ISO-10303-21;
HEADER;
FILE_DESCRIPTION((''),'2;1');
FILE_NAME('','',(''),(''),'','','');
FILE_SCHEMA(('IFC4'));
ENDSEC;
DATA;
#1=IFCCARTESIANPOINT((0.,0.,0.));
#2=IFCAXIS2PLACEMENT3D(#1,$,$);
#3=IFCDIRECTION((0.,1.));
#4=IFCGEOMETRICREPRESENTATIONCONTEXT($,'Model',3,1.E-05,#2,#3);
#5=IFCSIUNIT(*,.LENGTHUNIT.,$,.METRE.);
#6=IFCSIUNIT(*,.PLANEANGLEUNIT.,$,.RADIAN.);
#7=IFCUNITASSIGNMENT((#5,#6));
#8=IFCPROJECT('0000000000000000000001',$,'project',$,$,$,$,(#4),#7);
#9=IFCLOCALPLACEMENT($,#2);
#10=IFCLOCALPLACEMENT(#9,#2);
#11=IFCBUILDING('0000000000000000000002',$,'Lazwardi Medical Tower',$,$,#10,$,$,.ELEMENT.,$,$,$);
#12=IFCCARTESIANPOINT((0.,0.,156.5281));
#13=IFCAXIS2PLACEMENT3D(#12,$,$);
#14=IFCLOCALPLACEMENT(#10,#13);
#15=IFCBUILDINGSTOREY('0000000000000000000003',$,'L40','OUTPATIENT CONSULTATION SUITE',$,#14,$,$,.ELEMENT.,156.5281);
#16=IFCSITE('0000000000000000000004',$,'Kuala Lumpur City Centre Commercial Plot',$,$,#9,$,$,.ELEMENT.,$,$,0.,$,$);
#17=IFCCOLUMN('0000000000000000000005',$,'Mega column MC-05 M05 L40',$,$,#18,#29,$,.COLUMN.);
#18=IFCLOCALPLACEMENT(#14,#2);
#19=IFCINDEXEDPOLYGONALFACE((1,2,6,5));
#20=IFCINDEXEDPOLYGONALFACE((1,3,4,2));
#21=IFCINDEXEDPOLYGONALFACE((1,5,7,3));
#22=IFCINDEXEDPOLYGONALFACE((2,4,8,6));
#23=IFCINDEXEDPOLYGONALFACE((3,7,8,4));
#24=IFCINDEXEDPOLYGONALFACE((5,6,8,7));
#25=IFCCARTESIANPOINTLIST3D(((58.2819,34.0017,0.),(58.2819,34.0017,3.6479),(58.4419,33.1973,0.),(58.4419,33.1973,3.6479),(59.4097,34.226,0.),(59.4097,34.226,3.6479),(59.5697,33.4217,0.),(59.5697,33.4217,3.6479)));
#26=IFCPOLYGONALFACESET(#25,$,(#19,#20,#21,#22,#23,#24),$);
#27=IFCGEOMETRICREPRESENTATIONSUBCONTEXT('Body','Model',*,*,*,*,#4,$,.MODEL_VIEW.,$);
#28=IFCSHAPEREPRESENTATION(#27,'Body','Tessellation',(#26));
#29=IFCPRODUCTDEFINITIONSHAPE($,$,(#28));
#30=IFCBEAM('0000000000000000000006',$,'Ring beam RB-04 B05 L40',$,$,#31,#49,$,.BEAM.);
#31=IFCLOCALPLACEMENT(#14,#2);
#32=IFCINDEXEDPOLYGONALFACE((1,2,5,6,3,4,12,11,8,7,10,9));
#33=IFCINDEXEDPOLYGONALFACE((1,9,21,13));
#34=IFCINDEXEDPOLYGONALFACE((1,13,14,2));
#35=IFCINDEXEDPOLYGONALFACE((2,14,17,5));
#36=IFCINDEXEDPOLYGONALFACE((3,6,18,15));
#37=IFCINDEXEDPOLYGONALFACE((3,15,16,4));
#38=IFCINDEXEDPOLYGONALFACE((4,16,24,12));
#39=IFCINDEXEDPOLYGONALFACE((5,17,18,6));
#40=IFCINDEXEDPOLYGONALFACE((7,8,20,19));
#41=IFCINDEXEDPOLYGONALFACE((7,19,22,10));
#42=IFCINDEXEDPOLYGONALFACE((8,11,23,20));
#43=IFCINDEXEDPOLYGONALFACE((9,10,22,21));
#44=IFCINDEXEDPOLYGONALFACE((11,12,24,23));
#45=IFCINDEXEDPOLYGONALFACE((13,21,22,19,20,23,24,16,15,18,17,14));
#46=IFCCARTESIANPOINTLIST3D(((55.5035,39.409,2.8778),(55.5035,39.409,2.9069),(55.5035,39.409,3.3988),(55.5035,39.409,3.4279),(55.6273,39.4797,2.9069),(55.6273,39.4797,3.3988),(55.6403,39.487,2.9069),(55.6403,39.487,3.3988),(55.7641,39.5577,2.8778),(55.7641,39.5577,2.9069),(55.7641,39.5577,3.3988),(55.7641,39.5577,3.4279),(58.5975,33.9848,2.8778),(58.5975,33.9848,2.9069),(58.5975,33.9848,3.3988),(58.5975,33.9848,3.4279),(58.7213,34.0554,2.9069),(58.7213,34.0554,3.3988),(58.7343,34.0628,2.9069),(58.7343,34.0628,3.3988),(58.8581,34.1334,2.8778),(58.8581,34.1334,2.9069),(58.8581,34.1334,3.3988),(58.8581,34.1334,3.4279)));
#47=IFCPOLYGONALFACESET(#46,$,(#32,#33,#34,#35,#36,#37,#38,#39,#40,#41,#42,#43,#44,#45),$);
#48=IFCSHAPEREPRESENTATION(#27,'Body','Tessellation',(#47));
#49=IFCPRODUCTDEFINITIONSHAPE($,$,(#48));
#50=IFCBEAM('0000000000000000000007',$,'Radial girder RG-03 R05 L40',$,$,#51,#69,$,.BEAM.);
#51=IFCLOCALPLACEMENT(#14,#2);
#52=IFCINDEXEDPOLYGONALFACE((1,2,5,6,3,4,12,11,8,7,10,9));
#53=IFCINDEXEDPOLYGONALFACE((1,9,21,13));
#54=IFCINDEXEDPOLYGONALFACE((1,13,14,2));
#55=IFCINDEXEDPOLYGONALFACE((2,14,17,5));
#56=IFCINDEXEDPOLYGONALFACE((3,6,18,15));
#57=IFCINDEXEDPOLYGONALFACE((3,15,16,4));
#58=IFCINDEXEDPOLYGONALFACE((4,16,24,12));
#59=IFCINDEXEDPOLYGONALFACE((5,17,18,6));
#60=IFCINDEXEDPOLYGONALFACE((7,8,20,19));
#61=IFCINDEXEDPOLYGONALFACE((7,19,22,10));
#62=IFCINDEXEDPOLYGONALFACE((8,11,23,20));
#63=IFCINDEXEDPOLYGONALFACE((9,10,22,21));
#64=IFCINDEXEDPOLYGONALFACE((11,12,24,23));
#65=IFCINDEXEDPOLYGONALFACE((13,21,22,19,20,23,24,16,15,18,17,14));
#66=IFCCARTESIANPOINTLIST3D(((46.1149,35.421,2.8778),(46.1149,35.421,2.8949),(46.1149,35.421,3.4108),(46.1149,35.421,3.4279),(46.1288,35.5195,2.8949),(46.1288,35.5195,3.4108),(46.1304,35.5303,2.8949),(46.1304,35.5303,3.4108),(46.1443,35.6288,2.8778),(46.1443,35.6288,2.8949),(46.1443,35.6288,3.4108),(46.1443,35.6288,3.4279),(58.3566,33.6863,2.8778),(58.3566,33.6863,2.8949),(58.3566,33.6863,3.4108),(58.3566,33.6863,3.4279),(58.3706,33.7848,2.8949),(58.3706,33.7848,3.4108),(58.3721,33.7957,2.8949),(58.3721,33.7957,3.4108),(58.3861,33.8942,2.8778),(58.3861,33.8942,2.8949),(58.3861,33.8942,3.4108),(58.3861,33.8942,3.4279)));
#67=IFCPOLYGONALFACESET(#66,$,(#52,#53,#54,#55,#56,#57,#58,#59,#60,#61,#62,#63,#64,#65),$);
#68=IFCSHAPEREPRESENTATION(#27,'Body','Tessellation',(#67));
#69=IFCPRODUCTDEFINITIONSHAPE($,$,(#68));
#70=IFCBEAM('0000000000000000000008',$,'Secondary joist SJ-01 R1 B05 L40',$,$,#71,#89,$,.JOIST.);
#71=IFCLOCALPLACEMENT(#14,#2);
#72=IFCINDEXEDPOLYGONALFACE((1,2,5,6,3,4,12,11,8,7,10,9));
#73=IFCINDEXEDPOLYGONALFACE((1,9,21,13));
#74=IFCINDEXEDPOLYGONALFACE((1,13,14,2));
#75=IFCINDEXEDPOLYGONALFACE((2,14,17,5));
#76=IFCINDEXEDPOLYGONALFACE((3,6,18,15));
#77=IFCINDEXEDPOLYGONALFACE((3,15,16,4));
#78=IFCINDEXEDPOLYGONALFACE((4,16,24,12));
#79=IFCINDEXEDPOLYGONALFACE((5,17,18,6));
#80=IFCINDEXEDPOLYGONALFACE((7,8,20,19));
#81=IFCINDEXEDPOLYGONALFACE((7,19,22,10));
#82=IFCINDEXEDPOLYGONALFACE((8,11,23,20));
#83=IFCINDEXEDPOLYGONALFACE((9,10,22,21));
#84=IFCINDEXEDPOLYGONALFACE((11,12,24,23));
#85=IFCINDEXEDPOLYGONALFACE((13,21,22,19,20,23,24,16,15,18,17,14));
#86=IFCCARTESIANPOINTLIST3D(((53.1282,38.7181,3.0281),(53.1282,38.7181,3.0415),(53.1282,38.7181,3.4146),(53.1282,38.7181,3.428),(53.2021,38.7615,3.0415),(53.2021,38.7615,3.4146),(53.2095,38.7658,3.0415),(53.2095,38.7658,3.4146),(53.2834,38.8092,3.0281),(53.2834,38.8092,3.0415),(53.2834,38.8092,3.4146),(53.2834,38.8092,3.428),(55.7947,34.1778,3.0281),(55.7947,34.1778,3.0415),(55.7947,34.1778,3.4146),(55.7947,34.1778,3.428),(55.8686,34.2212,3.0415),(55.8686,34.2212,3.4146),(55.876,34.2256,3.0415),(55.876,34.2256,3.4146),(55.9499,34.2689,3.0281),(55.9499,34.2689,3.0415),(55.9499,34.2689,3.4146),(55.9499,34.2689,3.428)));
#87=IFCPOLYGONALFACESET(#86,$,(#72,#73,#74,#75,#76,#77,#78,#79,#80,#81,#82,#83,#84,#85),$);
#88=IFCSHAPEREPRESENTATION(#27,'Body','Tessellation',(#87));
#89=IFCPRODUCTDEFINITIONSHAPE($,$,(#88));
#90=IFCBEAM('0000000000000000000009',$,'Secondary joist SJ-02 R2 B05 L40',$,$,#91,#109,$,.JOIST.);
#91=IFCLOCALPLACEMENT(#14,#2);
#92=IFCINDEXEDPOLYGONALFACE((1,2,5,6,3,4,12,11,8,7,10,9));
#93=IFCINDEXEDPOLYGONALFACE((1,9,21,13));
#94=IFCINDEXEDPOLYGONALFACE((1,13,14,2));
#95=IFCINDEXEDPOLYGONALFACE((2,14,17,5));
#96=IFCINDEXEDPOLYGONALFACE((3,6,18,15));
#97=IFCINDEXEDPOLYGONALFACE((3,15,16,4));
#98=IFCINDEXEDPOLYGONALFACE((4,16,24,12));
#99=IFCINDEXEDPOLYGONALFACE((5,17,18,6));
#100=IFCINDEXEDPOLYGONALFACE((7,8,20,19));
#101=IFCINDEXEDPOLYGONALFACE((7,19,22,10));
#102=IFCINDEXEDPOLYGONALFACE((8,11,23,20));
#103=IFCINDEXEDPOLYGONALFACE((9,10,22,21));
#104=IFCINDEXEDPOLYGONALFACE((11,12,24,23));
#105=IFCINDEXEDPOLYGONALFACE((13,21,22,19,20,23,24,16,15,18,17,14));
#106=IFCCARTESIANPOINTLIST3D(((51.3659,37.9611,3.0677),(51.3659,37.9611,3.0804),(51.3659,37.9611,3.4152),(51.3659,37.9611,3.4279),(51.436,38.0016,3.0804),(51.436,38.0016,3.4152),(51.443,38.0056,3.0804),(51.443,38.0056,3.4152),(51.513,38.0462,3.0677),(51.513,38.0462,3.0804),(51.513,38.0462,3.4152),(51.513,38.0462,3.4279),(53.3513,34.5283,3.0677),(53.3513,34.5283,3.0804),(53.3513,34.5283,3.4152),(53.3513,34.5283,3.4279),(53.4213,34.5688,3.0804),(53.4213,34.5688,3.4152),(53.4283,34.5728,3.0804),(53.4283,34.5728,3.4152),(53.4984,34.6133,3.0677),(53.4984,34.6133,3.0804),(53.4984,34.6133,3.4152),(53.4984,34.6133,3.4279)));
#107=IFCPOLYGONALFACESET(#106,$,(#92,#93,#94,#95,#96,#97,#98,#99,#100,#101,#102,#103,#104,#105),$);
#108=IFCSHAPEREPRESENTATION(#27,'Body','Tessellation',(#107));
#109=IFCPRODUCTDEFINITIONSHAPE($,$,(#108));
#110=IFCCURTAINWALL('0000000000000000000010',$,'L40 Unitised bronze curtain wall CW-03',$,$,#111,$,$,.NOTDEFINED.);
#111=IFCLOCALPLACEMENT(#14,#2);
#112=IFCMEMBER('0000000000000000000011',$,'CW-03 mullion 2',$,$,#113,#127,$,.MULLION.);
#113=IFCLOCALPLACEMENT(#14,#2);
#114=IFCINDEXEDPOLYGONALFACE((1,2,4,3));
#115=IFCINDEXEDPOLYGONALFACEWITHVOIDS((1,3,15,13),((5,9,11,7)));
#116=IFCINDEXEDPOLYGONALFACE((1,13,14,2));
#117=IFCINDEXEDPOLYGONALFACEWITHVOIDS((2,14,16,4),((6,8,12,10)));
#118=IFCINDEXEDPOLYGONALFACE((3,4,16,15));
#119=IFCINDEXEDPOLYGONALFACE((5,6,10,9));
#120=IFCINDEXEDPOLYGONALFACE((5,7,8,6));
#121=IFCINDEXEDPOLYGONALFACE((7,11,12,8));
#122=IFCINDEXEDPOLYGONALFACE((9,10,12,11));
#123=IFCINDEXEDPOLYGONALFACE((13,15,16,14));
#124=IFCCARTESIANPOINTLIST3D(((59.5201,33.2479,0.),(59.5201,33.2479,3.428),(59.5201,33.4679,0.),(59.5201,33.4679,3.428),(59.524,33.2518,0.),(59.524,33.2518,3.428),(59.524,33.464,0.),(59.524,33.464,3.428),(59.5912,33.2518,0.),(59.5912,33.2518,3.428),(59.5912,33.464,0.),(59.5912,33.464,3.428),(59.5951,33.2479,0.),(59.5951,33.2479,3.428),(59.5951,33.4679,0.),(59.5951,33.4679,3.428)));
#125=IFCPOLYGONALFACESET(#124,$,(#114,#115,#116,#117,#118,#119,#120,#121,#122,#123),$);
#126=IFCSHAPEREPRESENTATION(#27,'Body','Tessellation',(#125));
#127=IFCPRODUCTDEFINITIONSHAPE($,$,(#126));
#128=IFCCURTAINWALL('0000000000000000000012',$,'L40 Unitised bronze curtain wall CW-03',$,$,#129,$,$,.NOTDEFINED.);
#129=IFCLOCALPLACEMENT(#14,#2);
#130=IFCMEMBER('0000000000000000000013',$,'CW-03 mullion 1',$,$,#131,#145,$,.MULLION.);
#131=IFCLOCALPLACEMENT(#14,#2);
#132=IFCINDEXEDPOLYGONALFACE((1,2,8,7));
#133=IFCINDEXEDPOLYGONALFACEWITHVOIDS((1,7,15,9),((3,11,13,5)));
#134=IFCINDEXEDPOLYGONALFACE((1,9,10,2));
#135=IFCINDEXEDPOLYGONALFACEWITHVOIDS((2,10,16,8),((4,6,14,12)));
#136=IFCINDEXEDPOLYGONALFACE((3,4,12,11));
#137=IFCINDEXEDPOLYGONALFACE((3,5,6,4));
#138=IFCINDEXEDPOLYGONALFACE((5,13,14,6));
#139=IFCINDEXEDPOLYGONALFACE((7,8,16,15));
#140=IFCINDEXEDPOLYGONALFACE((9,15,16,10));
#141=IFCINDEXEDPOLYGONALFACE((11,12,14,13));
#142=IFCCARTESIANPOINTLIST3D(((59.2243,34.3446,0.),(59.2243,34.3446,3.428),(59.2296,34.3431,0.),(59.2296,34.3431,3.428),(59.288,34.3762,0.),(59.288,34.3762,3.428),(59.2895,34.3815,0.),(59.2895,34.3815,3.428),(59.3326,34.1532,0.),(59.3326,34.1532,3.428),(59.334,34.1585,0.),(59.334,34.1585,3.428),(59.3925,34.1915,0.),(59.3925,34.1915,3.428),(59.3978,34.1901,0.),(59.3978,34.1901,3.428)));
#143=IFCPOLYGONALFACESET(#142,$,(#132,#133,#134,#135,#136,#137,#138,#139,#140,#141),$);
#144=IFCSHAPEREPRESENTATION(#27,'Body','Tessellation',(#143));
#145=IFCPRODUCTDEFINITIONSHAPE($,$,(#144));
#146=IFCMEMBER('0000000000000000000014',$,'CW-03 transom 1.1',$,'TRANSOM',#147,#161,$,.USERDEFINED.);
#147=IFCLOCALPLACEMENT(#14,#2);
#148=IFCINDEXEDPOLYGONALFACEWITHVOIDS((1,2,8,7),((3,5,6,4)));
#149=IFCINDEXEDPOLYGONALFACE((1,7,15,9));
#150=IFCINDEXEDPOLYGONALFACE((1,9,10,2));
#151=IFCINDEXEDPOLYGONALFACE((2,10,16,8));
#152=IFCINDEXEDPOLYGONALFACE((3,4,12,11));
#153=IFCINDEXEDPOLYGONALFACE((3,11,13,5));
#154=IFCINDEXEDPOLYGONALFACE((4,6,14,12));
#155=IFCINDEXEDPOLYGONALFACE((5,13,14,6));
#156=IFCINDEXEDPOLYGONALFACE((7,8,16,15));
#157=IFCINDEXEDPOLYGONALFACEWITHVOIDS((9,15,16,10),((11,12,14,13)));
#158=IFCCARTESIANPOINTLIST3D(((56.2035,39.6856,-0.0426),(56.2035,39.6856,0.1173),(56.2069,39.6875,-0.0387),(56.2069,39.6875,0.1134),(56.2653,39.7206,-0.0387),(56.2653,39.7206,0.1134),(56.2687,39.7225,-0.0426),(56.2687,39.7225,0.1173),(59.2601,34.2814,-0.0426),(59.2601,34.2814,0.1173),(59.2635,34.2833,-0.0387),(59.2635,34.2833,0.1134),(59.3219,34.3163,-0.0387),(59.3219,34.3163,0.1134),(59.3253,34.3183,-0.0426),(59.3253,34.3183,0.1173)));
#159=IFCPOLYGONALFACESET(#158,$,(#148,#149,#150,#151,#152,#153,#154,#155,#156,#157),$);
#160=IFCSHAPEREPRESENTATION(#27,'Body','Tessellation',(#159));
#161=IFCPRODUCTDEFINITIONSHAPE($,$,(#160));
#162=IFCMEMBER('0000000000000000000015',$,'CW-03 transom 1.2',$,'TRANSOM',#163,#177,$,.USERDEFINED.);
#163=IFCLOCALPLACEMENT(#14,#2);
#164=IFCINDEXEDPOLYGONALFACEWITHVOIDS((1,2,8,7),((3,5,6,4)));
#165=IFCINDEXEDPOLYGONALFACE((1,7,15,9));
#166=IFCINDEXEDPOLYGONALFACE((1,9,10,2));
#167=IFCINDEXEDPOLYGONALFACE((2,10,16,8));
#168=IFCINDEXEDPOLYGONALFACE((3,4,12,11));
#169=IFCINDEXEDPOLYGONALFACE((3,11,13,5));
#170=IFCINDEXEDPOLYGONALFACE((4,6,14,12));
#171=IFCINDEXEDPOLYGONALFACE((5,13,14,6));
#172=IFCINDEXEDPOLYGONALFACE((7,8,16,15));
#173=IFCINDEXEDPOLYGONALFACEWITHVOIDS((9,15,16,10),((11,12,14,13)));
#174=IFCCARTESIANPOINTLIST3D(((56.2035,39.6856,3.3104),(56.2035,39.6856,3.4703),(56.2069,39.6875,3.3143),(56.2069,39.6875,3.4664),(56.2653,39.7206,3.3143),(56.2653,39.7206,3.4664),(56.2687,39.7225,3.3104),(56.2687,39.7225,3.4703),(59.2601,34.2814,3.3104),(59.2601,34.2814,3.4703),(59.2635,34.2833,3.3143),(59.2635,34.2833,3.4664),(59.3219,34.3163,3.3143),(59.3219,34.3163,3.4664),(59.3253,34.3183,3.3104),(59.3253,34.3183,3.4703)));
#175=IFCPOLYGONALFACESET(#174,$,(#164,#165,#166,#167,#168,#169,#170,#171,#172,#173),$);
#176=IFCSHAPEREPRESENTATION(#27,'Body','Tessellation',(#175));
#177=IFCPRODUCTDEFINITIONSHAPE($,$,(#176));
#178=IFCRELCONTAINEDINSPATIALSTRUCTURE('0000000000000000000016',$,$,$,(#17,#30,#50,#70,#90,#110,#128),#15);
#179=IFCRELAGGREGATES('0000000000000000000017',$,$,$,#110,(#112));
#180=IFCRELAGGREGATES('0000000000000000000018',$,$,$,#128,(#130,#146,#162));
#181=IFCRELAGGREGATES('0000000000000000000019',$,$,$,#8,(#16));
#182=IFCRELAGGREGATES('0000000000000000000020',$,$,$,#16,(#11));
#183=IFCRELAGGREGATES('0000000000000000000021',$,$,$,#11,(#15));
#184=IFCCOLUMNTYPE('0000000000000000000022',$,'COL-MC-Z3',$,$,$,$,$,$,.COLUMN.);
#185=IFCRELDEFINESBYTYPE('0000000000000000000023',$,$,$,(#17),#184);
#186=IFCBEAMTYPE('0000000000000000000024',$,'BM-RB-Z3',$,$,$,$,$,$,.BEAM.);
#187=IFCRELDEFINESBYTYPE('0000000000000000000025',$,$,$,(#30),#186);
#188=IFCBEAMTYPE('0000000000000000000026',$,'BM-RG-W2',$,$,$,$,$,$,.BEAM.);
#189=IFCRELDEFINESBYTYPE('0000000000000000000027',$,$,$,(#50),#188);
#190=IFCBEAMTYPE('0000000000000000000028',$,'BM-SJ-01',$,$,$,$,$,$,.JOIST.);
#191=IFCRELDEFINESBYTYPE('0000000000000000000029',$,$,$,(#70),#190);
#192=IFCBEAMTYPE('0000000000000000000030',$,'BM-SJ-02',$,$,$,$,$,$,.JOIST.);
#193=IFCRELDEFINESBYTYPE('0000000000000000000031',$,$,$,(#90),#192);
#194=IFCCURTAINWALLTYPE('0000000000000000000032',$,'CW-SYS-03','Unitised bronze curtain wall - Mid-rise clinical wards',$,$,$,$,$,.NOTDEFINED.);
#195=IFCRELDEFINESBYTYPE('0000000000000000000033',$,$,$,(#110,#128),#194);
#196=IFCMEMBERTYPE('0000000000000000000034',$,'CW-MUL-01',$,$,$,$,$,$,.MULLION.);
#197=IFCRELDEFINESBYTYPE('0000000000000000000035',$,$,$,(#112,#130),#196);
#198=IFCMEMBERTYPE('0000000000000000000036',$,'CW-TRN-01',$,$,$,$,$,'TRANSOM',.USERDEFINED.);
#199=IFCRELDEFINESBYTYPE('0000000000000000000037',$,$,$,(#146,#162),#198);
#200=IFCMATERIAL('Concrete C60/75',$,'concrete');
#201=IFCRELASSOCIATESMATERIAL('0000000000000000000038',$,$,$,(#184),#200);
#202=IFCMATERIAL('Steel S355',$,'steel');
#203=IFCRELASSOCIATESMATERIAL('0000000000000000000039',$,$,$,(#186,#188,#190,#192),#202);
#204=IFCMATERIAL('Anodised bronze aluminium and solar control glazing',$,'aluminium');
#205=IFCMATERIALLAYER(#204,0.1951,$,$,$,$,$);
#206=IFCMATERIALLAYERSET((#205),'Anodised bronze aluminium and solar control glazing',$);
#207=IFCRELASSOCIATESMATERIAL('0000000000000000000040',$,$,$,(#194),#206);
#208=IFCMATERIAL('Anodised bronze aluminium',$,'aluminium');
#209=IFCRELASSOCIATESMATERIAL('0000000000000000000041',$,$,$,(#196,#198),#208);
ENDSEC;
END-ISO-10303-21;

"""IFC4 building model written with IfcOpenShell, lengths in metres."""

from ifc_helpers import new_model, si_unit, direction, frame, origin, origin_2d, place, context, subcontext, project, spatial, rectangle, hollow_rectangle, i_section, extrude, material, layer, layer_set, material_profile, profile_set, type_object, element, aggregate, save


model = new_model("IFC4")

# Units and contexts
model_context = context("Model", 3, precision=1e-05, world=origin(), true_north=direction((0.0, 1.0)))
body_context = subcontext(model_context, "Body", "Model", "MODEL_VIEW")
ifc_project = project(units=[si_unit("LENGTHUNIT", "METRE"), si_unit("PLANEANGLEUNIT", "RADIAN")], contexts=[model_context])

# Site, building, storey
site_placement = place(None, origin())
site = spatial("IfcSite", under=ifc_project, at=site_placement, Name="Kuala Lumpur City Centre Commercial Plot", CompositionType="ELEMENT", RefElevation=0.0)
building_placement = place(site_placement, origin())
building = spatial("IfcBuilding", under=site, at=building_placement, Name="Lazwardi Medical Tower", CompositionType="ELEMENT")
storey_placement = place(building_placement, frame((0.0, 0.0, 156.5281)))
storey = spatial("IfcBuildingStorey", under=building, at=storey_placement, Name="L40", Description="OUTPATIENT CONSULTATION SUITE", CompositionType="ELEMENT", Elevation=156.5281)

# Column
ifc_material_1 = material(Name="Concrete C60/75", Category="concrete")
ifc_material_profile_1 = material_profile(ifc_material_1, rectangle(XDim=1.1499, YDim=0.8201, at=origin_2d()), Name="CFT-RECT 1150x820")
ifc_profile_set_1 = profile_set([ifc_material_profile_1], Name="Concrete C60/75")
column_type = type_object("IfcColumnType", Name="COL-MC-Z3", PredefinedType="COLUMN", material=ifc_profile_set_1)
column_placement = place(storey_placement, frame((58.9258, 33.7117, 0.0), z_axis=(0.0, 0.0, 1.0), x_axis=(0.980785, 0.19509, 0.0)))
element("IfcColumn", 1, at=column_placement, inside=storey, type_object=column_type, Name="Mega column MC-05 M05 L40", PredefinedType="COLUMN", context=body_context, shape_type="SweptSolid", body=[
    extrude(rectangle(XDim=1.1499, YDim=0.8201, at=origin_2d()), origin(), (0.0, 0.0, 1.0), 3.6479),
])

# Beams
ifc_material_2 = material(Name="Steel S355", Category="steel")
ifc_material_profile_2 = material_profile(ifc_material_2, i_section(OverallWidth=0.3, OverallDepth=0.55, WebThickness=0.0149, FlangeThickness=0.0291, at=origin_2d()), Name="HEB 550")
ifc_profile_set_2 = profile_set([ifc_material_profile_2], Name="Steel S355")
beam_type_1 = type_object("IfcBeamType", Name="BM-RB-Z3", PredefinedType="BEAM", material=ifc_profile_set_2)
beam_1_placement = place(storey_placement, frame((58.7278, 34.0591, 3.1528), z_axis=(-0.495461, 0.86863, 0.0), x_axis=(-0.86863, -0.495461, 0.0)))
element("IfcBeam", 2, at=beam_1_placement, inside=storey, type_object=beam_type_1, Name="Ring beam RB-04 B05 L40", PredefinedType="BEAM", context=body_context, shape_type="SweptSolid", body=[
    extrude(i_section(OverallWidth=0.3, OverallDepth=0.55, WebThickness=0.0149, FlangeThickness=0.0291, at=origin_2d()), origin(), (0.0, 0.0, 1.0), 6.2446),
])
ifc_material_profile_3 = material_profile(ifc_material_2, i_section(OverallWidth=0.21, OverallDepth=0.55, WebThickness=0.011, FlangeThickness=0.0171, at=origin_2d()), Name="IPE 550")
ifc_profile_set_3 = profile_set([ifc_material_profile_3], Name="Steel S355")
beam_type_2 = type_object("IfcBeamType", Name="BM-RG-W2", PredefinedType="BEAM", material=ifc_profile_set_3)
beam_2_placement = place(storey_placement, frame((58.3713, 33.7903, 3.1528), z_axis=(-0.99011, 0.140296, 0.0), x_axis=(-0.140296, -0.99011, 0.0)))
element("IfcBeam", 3, at=beam_2_placement, inside=storey, type_object=beam_type_2, Name="Radial girder RG-03 R05 L40", PredefinedType="BEAM", context=body_context, shape_type="SweptSolid", body=[
    extrude(i_section(OverallWidth=0.21, OverallDepth=0.55, WebThickness=0.011, FlangeThickness=0.0171, at=origin_2d()), origin(), (0.0, 0.0, 1.0), 12.364),
])
ifc_material_profile_4 = material_profile(ifc_material_2, i_section(OverallWidth=0.1799, OverallDepth=0.3999, WebThickness=0.0085, FlangeThickness=0.0134, at=origin_2d()), Name="IPE 400")
ifc_profile_set_4 = profile_set([ifc_material_profile_4], Name="Steel S355")
beam_type_3 = type_object("IfcBeamType", Name="BM-SJ-01", PredefinedType="JOIST", material=ifc_profile_set_4)
beam_3_placement = place(storey_placement, frame((55.8723, 34.2234, 3.228), z_axis=(-0.50642, 0.862287, 0.0), x_axis=(-0.862287, -0.50642, 0.0)))
element("IfcBeam", 4, at=beam_3_placement, inside=storey, type_object=beam_type_3, Name="Secondary joist SJ-01 R1 B05 L40", PredefinedType="JOIST", context=body_context, shape_type="SweptSolid", body=[
    extrude(i_section(OverallWidth=0.1799, OverallDepth=0.3999, WebThickness=0.0085, FlangeThickness=0.0134, at=origin_2d()), origin(), (0.0, 0.0, 1.0), 5.2654),
])
ifc_material_profile_5 = material_profile(ifc_material_2, i_section(OverallWidth=0.1699, OverallDepth=0.3601, WebThickness=0.0081, FlangeThickness=0.0127, at=origin_2d()), Name="IPE 360")
ifc_profile_set_5 = profile_set([ifc_material_profile_5], Name="Steel S355")
beam_type_4 = type_object("IfcBeamType", Name="BM-SJ-02", PredefinedType="JOIST", material=ifc_profile_set_5)
beam_4_placement = place(storey_placement, frame((53.4248, 34.5708, 3.2478), z_axis=(-0.500641, 0.865655, 0.0), x_axis=(-0.865655, -0.500641, 0.0)))
element("IfcBeam", 5, at=beam_4_placement, inside=storey, type_object=beam_type_4, Name="Secondary joist SJ-02 R2 B05 L40", PredefinedType="JOIST", context=body_context, shape_type="SweptSolid", body=[
    extrude(i_section(OverallWidth=0.1699, OverallDepth=0.3601, WebThickness=0.0081, FlangeThickness=0.0127, at=origin_2d()), origin(), (0.0, 0.0, 1.0), 3.9656),
])

# Curtain wall, member
ifc_material_3 = material(Name="Anodised bronze aluminium and solar control glazing", Category="aluminium")
ifc_layer_1 = layer(ifc_material_3, 0.1951)
ifc_layer_set_1 = layer_set([ifc_layer_1], Name="Anodised bronze aluminium and solar control glazing")
curtain_wall_type = type_object("IfcCurtainWallType", Name="CW-SYS-03", Description="Unitised bronze curtain wall - Mid-rise clinical wards", PredefinedType="NOTDEFINED", material=ifc_layer_set_1)
curtain_wall_1_placement = place(storey_placement, origin())
curtain_wall_1 = element("IfcCurtainWall", 6, at=curtain_wall_1_placement, inside=storey, type_object=curtain_wall_type, Name="L40 Unitised bronze curtain wall CW-03", PredefinedType="NOTDEFINED")
ifc_material_4 = material(Name="Anodised bronze aluminium", Category="aluminium")
ifc_material_profile_6 = material_profile(ifc_material_4, hollow_rectangle(XDim=0.075, YDim=0.22, WallThickness=0.0039, at=origin_2d()), Name="ALU-MULLION 220x75x4")
ifc_profile_set_6 = profile_set([ifc_material_profile_6], Name="Anodised bronze aluminium")
member_type_1 = type_object("IfcMemberType", Name="CW-MUL-01", PredefinedType="MULLION", material=ifc_profile_set_6)
member_1_placement = place(storey_placement, frame((59.5576, 33.3579, 0.0), z_axis=(0.0, 0.0, 1.0), x_axis=(-1.0, 0.0, 0.0)))
member_1 = element("IfcMember", 7, at=member_1_placement, type_object=member_type_1, Name="CW-03 mullion 2", PredefinedType="MULLION", context=body_context, shape_type="SweptSolid", body=[
    extrude(hollow_rectangle(XDim=0.075, YDim=0.22, WallThickness=0.0039, at=origin_2d()), origin(), (0.0, 0.0, 1.0), 3.428),
])

# Curtain wall, members
curtain_wall_2_placement = place(storey_placement, origin())
curtain_wall_2 = element("IfcCurtainWall", 8, at=curtain_wall_2_placement, inside=storey, type_object=curtain_wall_type, Name="L40 Unitised bronze curtain wall CW-03", PredefinedType="NOTDEFINED")
member_2_placement = place(storey_placement, frame((59.311, 34.2673, 0.0), z_axis=(0.0, 0.0, 1.0), x_axis=(-0.870419, -0.492312, 0.0)))
member_2 = element("IfcMember", 9, at=member_2_placement, type_object=member_type_1, Name="CW-03 mullion 1", PredefinedType="MULLION", context=body_context, shape_type="SweptSolid", body=[
    extrude(hollow_rectangle(XDim=0.075, YDim=0.22, WallThickness=0.0039, at=origin_2d()), origin(), (0.0, 0.0, 1.0), 3.428),
])
ifc_material_profile_7 = material_profile(ifc_material_4, hollow_rectangle(XDim=0.075, YDim=0.1599, WallThickness=0.0039, at=origin_2d()), Name="ALU-TRANSOM 160x75x4")
ifc_profile_set_7 = profile_set([ifc_material_profile_7], Name="Anodised bronze aluminium")
member_type_2 = type_object("IfcMemberType", Name="CW-TRN-01", ElementType="TRANSOM", PredefinedType="USERDEFINED", material=ifc_profile_set_7)
member_3_placement = place(storey_placement, frame((59.2927, 34.2998, 0.0374), z_axis=(-0.492306, 0.870422, 0.0), x_axis=(-0.870422, -0.492306, 0.0)))
member_3 = element("IfcMember", 10, at=member_3_placement, type_object=member_type_2, Name="CW-03 transom 1.1", ObjectType="TRANSOM", PredefinedType="USERDEFINED", context=body_context, shape_type="SweptSolid", body=[
    extrude(hollow_rectangle(XDim=0.075, YDim=0.1599, WallThickness=0.0039, at=origin_2d()), origin(), (0.0, 0.0, 1.0), 6.2087),
])
member_4_placement = place(storey_placement, frame((59.2927, 34.2998, 3.3904), z_axis=(-0.492306, 0.870422, 0.0), x_axis=(-0.870422, -0.492306, 0.0)))
member_4 = element("IfcMember", 11, at=member_4_placement, type_object=member_type_2, Name="CW-03 transom 1.2", ObjectType="TRANSOM", PredefinedType="USERDEFINED", context=body_context, shape_type="SweptSolid", body=[
    extrude(hollow_rectangle(XDim=0.075, YDim=0.1599, WallThickness=0.0039, at=origin_2d()), origin(), (0.0, 0.0, 1.0), 6.2087),
])

aggregate(curtain_wall_1, [member_1])
aggregate(curtain_wall_2, [member_2, member_3, member_4])

save(model, "model.ifc")
